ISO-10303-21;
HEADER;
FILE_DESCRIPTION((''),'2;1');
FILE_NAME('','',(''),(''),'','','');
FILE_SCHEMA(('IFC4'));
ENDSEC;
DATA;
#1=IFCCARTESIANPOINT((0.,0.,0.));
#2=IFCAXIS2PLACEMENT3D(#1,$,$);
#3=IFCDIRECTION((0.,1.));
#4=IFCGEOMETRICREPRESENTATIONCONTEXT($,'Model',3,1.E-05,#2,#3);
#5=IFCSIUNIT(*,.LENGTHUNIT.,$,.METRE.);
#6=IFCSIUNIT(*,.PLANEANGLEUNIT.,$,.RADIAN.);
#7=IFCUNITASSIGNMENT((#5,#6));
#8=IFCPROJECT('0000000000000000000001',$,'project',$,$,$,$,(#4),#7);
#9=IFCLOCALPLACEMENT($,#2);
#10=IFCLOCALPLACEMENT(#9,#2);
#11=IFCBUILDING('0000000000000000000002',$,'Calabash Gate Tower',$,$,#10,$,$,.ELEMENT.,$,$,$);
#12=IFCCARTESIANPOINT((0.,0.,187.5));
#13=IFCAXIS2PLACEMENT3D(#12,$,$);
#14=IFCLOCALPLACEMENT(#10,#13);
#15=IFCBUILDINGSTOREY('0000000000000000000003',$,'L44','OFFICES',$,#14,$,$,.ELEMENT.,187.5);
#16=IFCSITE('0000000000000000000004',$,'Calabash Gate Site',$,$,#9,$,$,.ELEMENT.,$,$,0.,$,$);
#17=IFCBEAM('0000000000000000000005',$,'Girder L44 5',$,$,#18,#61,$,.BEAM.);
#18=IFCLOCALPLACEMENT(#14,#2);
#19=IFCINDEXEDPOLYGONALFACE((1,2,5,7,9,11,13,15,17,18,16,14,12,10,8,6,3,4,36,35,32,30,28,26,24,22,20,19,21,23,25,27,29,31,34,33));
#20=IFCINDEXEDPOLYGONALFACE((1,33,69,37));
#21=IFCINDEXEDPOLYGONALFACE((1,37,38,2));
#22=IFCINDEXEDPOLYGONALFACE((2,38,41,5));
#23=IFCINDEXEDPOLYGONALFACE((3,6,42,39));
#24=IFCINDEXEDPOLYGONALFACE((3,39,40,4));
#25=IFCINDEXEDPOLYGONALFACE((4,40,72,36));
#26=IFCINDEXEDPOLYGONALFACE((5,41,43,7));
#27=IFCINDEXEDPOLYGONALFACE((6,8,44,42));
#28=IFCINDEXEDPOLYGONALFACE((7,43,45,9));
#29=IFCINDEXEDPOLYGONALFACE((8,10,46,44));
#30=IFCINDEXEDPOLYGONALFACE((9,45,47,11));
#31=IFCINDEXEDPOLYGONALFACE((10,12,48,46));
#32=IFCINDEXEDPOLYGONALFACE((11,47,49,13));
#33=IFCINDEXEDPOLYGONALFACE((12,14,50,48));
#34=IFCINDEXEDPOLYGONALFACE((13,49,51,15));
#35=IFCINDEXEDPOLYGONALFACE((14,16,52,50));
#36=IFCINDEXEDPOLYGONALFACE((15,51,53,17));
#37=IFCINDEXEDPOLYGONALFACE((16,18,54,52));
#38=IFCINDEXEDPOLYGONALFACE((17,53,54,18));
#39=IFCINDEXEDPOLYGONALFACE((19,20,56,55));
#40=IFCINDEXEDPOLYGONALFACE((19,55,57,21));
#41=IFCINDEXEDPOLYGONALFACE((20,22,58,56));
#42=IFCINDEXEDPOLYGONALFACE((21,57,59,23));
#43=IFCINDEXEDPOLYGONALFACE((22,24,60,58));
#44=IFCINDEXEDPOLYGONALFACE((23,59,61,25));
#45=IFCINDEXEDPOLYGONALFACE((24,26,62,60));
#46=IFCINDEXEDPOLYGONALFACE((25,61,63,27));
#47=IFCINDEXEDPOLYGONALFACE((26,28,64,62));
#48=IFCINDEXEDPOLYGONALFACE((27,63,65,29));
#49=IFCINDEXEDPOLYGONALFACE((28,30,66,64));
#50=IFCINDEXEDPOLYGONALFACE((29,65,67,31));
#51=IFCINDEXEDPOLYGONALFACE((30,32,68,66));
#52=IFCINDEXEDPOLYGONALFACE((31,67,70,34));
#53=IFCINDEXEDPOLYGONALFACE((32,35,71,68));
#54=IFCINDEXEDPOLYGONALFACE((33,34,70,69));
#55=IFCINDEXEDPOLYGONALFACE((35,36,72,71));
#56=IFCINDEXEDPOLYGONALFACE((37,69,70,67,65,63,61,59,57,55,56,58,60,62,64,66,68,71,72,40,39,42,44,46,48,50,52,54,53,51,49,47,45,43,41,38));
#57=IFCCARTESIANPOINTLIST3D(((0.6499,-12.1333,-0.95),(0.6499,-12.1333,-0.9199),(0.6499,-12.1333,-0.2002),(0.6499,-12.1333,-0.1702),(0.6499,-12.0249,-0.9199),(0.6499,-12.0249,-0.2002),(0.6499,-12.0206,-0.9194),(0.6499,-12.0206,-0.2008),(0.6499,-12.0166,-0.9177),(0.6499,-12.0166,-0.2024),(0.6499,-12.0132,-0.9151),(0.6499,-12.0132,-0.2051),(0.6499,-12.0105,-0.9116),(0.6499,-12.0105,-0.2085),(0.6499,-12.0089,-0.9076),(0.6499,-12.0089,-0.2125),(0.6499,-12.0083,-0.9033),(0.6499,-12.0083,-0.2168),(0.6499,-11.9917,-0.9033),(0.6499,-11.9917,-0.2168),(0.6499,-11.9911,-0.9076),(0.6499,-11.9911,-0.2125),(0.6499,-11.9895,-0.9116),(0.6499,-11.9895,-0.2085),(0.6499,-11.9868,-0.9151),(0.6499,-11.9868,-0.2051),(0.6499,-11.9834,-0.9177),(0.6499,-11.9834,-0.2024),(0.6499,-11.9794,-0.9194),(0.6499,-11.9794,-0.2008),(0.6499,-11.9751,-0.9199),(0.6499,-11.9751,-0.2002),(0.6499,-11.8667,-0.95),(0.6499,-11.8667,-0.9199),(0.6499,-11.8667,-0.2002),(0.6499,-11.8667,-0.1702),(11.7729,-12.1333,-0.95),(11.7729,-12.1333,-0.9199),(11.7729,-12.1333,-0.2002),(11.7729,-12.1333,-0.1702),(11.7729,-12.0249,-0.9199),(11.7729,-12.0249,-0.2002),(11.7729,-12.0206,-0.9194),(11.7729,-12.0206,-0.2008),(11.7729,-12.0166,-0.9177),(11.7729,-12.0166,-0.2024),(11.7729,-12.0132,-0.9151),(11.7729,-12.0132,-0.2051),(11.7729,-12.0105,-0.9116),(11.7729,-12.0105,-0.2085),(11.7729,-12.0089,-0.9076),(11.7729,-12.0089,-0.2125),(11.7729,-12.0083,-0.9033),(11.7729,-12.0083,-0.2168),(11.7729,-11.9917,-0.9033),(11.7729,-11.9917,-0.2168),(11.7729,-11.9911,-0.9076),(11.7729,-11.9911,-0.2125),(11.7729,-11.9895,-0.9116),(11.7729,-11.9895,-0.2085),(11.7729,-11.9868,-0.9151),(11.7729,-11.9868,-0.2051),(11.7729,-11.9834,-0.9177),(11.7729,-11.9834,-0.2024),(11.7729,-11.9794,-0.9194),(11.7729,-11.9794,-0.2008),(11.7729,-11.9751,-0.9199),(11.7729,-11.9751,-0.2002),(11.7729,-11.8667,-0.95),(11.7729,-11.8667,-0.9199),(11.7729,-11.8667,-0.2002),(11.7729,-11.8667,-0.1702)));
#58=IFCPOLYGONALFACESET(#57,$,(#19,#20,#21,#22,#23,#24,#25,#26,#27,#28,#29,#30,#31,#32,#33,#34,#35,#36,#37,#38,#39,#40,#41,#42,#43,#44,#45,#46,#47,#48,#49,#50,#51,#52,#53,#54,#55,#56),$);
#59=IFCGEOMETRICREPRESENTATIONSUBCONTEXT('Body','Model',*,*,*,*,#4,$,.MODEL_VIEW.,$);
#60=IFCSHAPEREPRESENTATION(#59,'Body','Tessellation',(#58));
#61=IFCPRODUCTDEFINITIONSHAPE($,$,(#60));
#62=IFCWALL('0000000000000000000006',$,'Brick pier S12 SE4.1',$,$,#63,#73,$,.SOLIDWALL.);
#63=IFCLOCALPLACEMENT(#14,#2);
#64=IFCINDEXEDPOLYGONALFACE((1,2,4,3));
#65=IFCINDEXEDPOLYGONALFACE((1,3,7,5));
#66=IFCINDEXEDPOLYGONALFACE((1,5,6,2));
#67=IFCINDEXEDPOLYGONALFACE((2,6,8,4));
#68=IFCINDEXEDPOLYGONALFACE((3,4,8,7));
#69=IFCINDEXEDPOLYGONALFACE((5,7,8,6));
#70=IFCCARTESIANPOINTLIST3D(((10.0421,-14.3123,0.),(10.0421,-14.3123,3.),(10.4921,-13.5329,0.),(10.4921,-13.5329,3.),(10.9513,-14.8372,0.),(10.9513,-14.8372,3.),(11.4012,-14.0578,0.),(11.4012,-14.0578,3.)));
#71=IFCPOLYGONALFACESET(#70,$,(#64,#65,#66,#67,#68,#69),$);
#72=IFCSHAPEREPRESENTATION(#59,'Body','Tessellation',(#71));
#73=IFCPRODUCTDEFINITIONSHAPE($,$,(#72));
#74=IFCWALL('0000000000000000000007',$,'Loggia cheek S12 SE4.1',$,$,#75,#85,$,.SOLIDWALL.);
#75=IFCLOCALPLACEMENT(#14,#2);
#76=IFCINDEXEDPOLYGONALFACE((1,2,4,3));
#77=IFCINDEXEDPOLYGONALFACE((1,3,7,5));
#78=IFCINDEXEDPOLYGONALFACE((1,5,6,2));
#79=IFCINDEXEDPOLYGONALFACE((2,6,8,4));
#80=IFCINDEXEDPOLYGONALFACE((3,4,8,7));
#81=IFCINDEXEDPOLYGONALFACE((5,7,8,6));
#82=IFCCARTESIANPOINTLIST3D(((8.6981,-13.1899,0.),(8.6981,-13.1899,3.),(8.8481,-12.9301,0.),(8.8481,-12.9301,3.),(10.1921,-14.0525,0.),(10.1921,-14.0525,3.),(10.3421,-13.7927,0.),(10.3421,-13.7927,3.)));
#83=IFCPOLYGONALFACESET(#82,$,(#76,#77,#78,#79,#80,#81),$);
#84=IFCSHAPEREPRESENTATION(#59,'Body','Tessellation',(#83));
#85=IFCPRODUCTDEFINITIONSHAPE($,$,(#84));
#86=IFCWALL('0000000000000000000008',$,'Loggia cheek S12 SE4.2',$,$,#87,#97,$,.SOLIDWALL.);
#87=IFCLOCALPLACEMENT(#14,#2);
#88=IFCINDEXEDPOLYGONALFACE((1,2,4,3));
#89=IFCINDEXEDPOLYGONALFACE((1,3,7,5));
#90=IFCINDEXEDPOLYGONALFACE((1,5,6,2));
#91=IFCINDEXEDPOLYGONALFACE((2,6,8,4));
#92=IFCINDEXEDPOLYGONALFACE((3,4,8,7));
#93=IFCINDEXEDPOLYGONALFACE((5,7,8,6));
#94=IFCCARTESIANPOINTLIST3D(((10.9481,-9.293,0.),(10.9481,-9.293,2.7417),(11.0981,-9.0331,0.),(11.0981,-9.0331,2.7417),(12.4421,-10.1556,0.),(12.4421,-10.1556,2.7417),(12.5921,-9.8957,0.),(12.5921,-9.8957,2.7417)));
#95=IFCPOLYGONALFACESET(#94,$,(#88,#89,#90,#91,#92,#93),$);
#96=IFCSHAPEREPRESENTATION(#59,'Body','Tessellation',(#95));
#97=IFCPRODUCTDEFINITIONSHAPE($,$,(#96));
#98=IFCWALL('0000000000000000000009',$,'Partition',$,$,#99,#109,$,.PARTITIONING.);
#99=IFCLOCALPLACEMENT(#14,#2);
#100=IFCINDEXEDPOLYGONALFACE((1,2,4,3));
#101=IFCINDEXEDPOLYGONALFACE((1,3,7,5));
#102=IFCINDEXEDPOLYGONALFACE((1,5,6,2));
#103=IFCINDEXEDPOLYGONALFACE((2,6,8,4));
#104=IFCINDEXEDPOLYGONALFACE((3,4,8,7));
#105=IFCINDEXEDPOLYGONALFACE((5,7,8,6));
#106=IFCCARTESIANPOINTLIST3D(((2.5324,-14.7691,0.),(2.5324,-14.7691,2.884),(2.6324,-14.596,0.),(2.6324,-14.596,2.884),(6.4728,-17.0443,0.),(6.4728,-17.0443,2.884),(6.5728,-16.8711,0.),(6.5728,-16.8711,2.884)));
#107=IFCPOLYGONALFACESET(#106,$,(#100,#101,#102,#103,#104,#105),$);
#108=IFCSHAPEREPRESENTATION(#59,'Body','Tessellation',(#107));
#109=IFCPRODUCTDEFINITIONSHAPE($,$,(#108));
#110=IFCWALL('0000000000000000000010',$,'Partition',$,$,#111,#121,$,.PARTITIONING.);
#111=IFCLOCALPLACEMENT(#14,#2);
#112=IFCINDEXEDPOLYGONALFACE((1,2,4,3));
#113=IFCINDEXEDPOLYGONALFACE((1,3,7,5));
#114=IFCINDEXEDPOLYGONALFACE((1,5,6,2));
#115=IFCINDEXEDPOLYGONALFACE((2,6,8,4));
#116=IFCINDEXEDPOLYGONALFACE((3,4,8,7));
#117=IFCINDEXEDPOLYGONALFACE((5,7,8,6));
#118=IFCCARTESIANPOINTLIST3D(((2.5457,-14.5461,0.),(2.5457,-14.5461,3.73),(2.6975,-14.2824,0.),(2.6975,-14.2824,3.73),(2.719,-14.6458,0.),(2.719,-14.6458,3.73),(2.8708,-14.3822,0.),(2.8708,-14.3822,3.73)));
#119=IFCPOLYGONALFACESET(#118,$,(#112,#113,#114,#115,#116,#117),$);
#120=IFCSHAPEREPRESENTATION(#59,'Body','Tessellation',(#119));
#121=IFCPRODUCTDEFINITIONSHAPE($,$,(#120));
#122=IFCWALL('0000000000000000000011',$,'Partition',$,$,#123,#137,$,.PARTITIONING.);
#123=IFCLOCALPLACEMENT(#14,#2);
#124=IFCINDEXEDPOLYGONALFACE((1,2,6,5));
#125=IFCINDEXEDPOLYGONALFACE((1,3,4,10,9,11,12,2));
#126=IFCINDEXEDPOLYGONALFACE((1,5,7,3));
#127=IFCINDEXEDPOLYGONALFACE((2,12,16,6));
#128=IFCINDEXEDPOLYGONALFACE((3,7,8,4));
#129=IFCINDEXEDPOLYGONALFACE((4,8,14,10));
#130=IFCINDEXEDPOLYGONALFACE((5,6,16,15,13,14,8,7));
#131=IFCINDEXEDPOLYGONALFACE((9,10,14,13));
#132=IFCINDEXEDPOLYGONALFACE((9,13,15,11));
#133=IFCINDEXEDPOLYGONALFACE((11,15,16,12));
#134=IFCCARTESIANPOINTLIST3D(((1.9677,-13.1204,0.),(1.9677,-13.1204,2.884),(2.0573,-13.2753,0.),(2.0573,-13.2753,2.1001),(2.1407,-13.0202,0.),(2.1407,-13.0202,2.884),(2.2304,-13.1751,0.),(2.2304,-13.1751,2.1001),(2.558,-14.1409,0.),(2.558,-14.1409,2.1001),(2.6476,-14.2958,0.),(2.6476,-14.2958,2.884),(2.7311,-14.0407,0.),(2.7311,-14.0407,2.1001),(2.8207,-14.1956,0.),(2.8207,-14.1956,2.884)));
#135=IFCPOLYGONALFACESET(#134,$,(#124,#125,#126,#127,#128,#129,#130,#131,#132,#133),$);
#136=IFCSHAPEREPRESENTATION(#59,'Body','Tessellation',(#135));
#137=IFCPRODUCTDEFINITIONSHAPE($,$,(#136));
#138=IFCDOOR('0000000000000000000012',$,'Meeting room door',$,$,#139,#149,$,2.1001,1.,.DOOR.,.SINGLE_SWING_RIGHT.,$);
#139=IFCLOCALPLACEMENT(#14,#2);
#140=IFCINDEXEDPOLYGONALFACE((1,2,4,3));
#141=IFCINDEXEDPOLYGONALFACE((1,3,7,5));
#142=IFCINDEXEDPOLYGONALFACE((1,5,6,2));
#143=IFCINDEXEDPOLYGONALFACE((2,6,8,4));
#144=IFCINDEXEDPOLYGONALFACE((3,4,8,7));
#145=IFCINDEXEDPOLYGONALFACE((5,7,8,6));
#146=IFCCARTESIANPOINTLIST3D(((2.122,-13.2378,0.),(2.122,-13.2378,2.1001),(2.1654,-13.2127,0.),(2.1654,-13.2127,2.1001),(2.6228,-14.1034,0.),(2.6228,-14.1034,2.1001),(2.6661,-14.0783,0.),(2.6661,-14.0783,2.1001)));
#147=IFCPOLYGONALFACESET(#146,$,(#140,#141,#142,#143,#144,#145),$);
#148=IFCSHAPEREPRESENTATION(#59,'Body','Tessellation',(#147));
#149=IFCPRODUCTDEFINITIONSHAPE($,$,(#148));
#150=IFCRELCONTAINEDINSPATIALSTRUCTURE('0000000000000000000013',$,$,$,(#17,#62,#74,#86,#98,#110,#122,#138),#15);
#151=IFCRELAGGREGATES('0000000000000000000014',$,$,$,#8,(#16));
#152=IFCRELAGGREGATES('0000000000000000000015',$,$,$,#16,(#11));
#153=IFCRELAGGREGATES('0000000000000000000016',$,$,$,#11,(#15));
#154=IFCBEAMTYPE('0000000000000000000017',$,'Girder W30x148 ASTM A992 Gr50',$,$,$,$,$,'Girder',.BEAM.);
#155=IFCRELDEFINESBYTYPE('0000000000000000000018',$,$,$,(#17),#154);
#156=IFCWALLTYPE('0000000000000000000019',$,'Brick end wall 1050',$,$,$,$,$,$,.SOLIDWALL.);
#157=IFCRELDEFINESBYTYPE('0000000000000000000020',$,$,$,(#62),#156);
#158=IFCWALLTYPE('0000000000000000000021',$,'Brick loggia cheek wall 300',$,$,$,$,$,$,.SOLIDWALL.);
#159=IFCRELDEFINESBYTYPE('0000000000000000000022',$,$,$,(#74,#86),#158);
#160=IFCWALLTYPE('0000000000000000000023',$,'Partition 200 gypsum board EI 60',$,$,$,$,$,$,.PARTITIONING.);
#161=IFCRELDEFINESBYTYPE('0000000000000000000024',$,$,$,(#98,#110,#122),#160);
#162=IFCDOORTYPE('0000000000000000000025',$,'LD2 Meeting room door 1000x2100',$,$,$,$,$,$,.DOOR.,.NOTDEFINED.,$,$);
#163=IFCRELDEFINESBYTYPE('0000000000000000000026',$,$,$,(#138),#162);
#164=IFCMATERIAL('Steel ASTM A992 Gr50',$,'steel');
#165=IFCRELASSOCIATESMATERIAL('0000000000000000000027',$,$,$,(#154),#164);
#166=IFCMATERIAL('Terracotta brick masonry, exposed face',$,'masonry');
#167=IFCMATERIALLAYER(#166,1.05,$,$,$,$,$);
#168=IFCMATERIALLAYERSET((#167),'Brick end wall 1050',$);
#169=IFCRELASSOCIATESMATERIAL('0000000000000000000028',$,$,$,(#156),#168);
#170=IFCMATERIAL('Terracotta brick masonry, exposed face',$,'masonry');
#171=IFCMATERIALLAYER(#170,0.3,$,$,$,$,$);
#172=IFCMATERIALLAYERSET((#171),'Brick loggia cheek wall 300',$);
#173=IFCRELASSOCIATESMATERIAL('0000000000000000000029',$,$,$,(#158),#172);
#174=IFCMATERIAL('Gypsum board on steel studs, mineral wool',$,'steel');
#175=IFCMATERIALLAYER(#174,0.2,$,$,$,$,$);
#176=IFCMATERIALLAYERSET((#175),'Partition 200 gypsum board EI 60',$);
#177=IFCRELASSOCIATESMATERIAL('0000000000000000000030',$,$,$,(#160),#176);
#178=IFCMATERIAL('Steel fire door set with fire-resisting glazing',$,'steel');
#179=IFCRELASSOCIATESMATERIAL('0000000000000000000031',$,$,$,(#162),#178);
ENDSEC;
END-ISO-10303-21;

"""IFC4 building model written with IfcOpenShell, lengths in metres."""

from ifc_helpers import new_model, si_unit, direction, frame, frame_2d, origin, origin_2d, place, context, subcontext, project, spatial, rectangle, i_section, extrude, material, layer, layer_set, material_profile, profile_set, type_object, element, fill, save


model = new_model("IFC4")

# Units and contexts
model_context = context("Model", 3, precision=1e-05, world=origin(), true_north=direction((0.0, 1.0)))
body_context = subcontext(model_context, "Body", "Model", "MODEL_VIEW")
ifc_project = project(units=[si_unit("LENGTHUNIT", "METRE"), si_unit("PLANEANGLEUNIT", "RADIAN")], contexts=[model_context])

# Site, building, storey
site_placement = place(None, origin())
site = spatial("IfcSite", under=ifc_project, at=site_placement, Name="Calabash Gate Site", CompositionType="ELEMENT", RefElevation=0.0)
building_placement = place(site_placement, origin())
building = spatial("IfcBuilding", under=site, at=building_placement, Name="Calabash Gate Tower", CompositionType="ELEMENT")
storey_placement = place(building_placement, frame((0.0, 0.0, 187.5)))
storey = spatial("IfcBuildingStorey", under=building, at=storey_placement, Name="L44", Description="OFFICES", CompositionType="ELEMENT", Elevation=187.5)

# Beam
ifc_material_1 = material(Name="Steel ASTM A992 Gr50", Category="steel")
ifc_material_profile_1 = material_profile(ifc_material_1, i_section(OverallWidth=0.2666, OverallDepth=0.7798, WebThickness=0.0166, FlangeThickness=0.03, FilletRadius=0.0166, at=origin_2d()))
ifc_profile_set_1 = profile_set([ifc_material_profile_1], Name="Steel ASTM A992 Gr50")
beam_type_1 = type_object("IfcBeamType", Name="Girder W30x148 ASTM A992 Gr50", ElementType="Girder", PredefinedType="BEAM", material=ifc_profile_set_1)
beam_1_placement = place(storey_placement, frame((0.6499, -12.0, -0.5601), z_axis=(1.0, 0.0, 0.0), x_axis=(0.0, 1.0, 0.0)))
element("IfcBeam", 1, at=beam_1_placement, inside=storey, type_object=beam_type_1, Name="Girder L44 5", PredefinedType="BEAM", context=body_context, shape_type="SweptSolid", body=[
    extrude(i_section(OverallWidth=0.2666, OverallDepth=0.7798, WebThickness=0.0166, FlangeThickness=0.03, FilletRadius=0.0166, at=origin_2d()), origin(), (0.0, 0.0, 1.0), 11.123),
])

# Walls
ifc_material_2 = material(Name="Terracotta brick masonry, exposed face", Category="masonry")
ifc_layer_1 = layer(ifc_material_2, 1.05)
ifc_layer_set_1 = layer_set([ifc_layer_1], Name="Brick end wall 1050")
wall_type_1 = type_object("IfcWallType", Name="Brick end wall 1050", PredefinedType="SOLIDWALL", material=ifc_layer_set_1)
wall_1_placement = place(storey_placement, frame((11.1763, -14.4475, 0.0), z_axis=(0.0, 0.0, 1.0), x_axis=(-0.866031, 0.499991, 0.0)))
element("IfcWall", 2, at=wall_1_placement, inside=storey, type_object=wall_type_1, Name="Brick pier S12 SE4.1", PredefinedType="SOLIDWALL", context=body_context, shape_type="SweptSolid", body=[
    extrude(rectangle(XDim=1.0498, YDim=0.8999, at=frame_2d((0.5249, 0.0))), origin(), (0.0, 0.0, 1.0), 3.0),
])
ifc_material_3 = material(Name="Terracotta brick masonry, exposed face", Category="masonry")
ifc_layer_2 = layer(ifc_material_3, 0.3)
ifc_layer_set_2 = layer_set([ifc_layer_2], Name="Brick loggia cheek wall 300")
wall_type_2 = type_object("IfcWallType", Name="Brick loggia cheek wall 300", PredefinedType="SOLIDWALL", material=ifc_layer_set_2)
wall_2_placement = place(storey_placement, frame((10.2671, -13.9226, 0.0), z_axis=(0.0, 0.0, 1.0), x_axis=(-0.866014, 0.500021, 0.0)))
element("IfcWall", 3, at=wall_2_placement, inside=storey, type_object=wall_type_2, Name="Loggia cheek S12 SE4.1", PredefinedType="SOLIDWALL", context=body_context, shape_type="SweptSolid", body=[
    extrude(rectangle(XDim=1.7251, YDim=0.3, at=frame_2d((0.8625, 0.0))), origin(), (0.0, 0.0, 1.0), 3.0),
])
wall_3_placement = place(storey_placement, frame((12.5171, -10.0256, 0.0), z_axis=(0.0, 0.0, 1.0), x_axis=(-0.866014, 0.500021, 0.0)))
element("IfcWall", 4, at=wall_3_placement, inside=storey, type_object=wall_type_2, Name="Loggia cheek S12 SE4.2", PredefinedType="SOLIDWALL", context=body_context, shape_type="SweptSolid", body=[
    extrude(rectangle(XDim=1.7251, YDim=0.3, at=frame_2d((0.8625, 0.0))), origin(), (0.0, 0.0, 1.0), 2.7417),
])
ifc_material_4 = material(Name="Gypsum board on steel studs, mineral wool", Category="steel")
ifc_layer_3 = layer(ifc_material_4, 0.2)
ifc_layer_set_3 = layer_set([ifc_layer_3], Name="Partition 200 gypsum board EI 60")
wall_type_3 = type_object("IfcWallType", Name="Partition 200 gypsum board EI 60", PredefinedType="PARTITIONING", material=ifc_layer_set_3)
wall_4_placement = place(storey_placement, frame((2.5825, -14.6826, 0.0), z_axis=(0.0, 0.0, 1.0), x_axis=(0.866012, -0.500023, 0.0)))
element("IfcWall", 5, at=wall_4_placement, inside=storey, type_object=wall_type_3, Name="Partition", PredefinedType="PARTITIONING", context=body_context, shape_type="SweptSolid", body=[
    extrude(rectangle(XDim=4.55, YDim=0.2, at=frame_2d((2.2749, 0.0))), origin(), (0.0, 0.0, 1.0), 2.884),
])
wall_5_placement = place(storey_placement, frame((2.6323, -14.5959, 0.0), z_axis=(0.0, 0.0, 1.0), x_axis=(0.499074, 0.866559, 0.0)))
element("IfcWall", 6, at=wall_5_placement, inside=storey, type_object=wall_type_3, Name="Partition", PredefinedType="PARTITIONING", context=body_context, shape_type="SweptSolid", body=[
    extrude(rectangle(XDim=0.3042, YDim=0.2, at=frame_2d((0.1521, 0.0))), origin(), (0.0, 0.0, 1.0), 3.73),
])

# Wall, opening, door
wall_6_placement = place(storey_placement, frame((2.0542, -13.0703, 0.0), z_axis=(0.0, 0.0, 1.0), x_axis=(0.50076, -0.865586, 0.0)))
wall_6 = element("IfcWall", 7, at=wall_6_placement, inside=storey, type_object=wall_type_3, Name="Partition", PredefinedType="PARTITIONING", context=body_context, shape_type="SweptSolid", body=[
    extrude(rectangle(XDim=1.3579, YDim=0.2, at=frame_2d((0.679, 0.0))), origin(), (0.0, 0.0, 1.0), 2.884),
])
opening_1_placement = place(wall_6_placement, frame((0.179, 0.0, 0.0)))
opening_1 = element("IfcOpeningElement", 8, at=opening_1_placement, cuts=wall_6, PredefinedType="OPENING", context=body_context, shape_type="SweptSolid", body=[
    extrude(rectangle(XDim=1.0, YDim=2.1001, at=frame_2d((0.5, 1.05))), frame((0.0, 0.1099, 0.0), z_axis=(0.0, -1.0, 0.0), x_axis=(1.0, 0.0, 0.0)), (0.0, 0.0, 1.0), 0.22),
])
ifc_material_5 = material(Name="Steel fire door set with fire-resisting glazing", Category="steel")
door_type_1 = type_object("IfcDoorType", Name="LD2 Meeting room door 1000x2100", OperationType="NOTDEFINED", PredefinedType="DOOR", material=ifc_material_5)
door_1_placement = place(opening_1_placement, origin())
door_1 = element("IfcDoor", 9, at=door_1_placement, inside=storey, type_object=door_type_1, Name="Meeting room door", OperationType="SINGLE_SWING_RIGHT", OverallHeight=2.1001, OverallWidth=1.0, PredefinedType="DOOR", context=body_context, shape_type="SweptSolid", body=[
    extrude(rectangle(XDim=1.0, YDim=2.1001, at=frame_2d((0.5, 1.05))), frame((0.0, 0.0249, 0.0), z_axis=(0.0, -1.0, 0.0), x_axis=(1.0, 0.0, 0.0)), (0.0, 0.0, 1.0), 0.05),
])
fill(opening_1, door_1)

save(model, "model.ifc")
